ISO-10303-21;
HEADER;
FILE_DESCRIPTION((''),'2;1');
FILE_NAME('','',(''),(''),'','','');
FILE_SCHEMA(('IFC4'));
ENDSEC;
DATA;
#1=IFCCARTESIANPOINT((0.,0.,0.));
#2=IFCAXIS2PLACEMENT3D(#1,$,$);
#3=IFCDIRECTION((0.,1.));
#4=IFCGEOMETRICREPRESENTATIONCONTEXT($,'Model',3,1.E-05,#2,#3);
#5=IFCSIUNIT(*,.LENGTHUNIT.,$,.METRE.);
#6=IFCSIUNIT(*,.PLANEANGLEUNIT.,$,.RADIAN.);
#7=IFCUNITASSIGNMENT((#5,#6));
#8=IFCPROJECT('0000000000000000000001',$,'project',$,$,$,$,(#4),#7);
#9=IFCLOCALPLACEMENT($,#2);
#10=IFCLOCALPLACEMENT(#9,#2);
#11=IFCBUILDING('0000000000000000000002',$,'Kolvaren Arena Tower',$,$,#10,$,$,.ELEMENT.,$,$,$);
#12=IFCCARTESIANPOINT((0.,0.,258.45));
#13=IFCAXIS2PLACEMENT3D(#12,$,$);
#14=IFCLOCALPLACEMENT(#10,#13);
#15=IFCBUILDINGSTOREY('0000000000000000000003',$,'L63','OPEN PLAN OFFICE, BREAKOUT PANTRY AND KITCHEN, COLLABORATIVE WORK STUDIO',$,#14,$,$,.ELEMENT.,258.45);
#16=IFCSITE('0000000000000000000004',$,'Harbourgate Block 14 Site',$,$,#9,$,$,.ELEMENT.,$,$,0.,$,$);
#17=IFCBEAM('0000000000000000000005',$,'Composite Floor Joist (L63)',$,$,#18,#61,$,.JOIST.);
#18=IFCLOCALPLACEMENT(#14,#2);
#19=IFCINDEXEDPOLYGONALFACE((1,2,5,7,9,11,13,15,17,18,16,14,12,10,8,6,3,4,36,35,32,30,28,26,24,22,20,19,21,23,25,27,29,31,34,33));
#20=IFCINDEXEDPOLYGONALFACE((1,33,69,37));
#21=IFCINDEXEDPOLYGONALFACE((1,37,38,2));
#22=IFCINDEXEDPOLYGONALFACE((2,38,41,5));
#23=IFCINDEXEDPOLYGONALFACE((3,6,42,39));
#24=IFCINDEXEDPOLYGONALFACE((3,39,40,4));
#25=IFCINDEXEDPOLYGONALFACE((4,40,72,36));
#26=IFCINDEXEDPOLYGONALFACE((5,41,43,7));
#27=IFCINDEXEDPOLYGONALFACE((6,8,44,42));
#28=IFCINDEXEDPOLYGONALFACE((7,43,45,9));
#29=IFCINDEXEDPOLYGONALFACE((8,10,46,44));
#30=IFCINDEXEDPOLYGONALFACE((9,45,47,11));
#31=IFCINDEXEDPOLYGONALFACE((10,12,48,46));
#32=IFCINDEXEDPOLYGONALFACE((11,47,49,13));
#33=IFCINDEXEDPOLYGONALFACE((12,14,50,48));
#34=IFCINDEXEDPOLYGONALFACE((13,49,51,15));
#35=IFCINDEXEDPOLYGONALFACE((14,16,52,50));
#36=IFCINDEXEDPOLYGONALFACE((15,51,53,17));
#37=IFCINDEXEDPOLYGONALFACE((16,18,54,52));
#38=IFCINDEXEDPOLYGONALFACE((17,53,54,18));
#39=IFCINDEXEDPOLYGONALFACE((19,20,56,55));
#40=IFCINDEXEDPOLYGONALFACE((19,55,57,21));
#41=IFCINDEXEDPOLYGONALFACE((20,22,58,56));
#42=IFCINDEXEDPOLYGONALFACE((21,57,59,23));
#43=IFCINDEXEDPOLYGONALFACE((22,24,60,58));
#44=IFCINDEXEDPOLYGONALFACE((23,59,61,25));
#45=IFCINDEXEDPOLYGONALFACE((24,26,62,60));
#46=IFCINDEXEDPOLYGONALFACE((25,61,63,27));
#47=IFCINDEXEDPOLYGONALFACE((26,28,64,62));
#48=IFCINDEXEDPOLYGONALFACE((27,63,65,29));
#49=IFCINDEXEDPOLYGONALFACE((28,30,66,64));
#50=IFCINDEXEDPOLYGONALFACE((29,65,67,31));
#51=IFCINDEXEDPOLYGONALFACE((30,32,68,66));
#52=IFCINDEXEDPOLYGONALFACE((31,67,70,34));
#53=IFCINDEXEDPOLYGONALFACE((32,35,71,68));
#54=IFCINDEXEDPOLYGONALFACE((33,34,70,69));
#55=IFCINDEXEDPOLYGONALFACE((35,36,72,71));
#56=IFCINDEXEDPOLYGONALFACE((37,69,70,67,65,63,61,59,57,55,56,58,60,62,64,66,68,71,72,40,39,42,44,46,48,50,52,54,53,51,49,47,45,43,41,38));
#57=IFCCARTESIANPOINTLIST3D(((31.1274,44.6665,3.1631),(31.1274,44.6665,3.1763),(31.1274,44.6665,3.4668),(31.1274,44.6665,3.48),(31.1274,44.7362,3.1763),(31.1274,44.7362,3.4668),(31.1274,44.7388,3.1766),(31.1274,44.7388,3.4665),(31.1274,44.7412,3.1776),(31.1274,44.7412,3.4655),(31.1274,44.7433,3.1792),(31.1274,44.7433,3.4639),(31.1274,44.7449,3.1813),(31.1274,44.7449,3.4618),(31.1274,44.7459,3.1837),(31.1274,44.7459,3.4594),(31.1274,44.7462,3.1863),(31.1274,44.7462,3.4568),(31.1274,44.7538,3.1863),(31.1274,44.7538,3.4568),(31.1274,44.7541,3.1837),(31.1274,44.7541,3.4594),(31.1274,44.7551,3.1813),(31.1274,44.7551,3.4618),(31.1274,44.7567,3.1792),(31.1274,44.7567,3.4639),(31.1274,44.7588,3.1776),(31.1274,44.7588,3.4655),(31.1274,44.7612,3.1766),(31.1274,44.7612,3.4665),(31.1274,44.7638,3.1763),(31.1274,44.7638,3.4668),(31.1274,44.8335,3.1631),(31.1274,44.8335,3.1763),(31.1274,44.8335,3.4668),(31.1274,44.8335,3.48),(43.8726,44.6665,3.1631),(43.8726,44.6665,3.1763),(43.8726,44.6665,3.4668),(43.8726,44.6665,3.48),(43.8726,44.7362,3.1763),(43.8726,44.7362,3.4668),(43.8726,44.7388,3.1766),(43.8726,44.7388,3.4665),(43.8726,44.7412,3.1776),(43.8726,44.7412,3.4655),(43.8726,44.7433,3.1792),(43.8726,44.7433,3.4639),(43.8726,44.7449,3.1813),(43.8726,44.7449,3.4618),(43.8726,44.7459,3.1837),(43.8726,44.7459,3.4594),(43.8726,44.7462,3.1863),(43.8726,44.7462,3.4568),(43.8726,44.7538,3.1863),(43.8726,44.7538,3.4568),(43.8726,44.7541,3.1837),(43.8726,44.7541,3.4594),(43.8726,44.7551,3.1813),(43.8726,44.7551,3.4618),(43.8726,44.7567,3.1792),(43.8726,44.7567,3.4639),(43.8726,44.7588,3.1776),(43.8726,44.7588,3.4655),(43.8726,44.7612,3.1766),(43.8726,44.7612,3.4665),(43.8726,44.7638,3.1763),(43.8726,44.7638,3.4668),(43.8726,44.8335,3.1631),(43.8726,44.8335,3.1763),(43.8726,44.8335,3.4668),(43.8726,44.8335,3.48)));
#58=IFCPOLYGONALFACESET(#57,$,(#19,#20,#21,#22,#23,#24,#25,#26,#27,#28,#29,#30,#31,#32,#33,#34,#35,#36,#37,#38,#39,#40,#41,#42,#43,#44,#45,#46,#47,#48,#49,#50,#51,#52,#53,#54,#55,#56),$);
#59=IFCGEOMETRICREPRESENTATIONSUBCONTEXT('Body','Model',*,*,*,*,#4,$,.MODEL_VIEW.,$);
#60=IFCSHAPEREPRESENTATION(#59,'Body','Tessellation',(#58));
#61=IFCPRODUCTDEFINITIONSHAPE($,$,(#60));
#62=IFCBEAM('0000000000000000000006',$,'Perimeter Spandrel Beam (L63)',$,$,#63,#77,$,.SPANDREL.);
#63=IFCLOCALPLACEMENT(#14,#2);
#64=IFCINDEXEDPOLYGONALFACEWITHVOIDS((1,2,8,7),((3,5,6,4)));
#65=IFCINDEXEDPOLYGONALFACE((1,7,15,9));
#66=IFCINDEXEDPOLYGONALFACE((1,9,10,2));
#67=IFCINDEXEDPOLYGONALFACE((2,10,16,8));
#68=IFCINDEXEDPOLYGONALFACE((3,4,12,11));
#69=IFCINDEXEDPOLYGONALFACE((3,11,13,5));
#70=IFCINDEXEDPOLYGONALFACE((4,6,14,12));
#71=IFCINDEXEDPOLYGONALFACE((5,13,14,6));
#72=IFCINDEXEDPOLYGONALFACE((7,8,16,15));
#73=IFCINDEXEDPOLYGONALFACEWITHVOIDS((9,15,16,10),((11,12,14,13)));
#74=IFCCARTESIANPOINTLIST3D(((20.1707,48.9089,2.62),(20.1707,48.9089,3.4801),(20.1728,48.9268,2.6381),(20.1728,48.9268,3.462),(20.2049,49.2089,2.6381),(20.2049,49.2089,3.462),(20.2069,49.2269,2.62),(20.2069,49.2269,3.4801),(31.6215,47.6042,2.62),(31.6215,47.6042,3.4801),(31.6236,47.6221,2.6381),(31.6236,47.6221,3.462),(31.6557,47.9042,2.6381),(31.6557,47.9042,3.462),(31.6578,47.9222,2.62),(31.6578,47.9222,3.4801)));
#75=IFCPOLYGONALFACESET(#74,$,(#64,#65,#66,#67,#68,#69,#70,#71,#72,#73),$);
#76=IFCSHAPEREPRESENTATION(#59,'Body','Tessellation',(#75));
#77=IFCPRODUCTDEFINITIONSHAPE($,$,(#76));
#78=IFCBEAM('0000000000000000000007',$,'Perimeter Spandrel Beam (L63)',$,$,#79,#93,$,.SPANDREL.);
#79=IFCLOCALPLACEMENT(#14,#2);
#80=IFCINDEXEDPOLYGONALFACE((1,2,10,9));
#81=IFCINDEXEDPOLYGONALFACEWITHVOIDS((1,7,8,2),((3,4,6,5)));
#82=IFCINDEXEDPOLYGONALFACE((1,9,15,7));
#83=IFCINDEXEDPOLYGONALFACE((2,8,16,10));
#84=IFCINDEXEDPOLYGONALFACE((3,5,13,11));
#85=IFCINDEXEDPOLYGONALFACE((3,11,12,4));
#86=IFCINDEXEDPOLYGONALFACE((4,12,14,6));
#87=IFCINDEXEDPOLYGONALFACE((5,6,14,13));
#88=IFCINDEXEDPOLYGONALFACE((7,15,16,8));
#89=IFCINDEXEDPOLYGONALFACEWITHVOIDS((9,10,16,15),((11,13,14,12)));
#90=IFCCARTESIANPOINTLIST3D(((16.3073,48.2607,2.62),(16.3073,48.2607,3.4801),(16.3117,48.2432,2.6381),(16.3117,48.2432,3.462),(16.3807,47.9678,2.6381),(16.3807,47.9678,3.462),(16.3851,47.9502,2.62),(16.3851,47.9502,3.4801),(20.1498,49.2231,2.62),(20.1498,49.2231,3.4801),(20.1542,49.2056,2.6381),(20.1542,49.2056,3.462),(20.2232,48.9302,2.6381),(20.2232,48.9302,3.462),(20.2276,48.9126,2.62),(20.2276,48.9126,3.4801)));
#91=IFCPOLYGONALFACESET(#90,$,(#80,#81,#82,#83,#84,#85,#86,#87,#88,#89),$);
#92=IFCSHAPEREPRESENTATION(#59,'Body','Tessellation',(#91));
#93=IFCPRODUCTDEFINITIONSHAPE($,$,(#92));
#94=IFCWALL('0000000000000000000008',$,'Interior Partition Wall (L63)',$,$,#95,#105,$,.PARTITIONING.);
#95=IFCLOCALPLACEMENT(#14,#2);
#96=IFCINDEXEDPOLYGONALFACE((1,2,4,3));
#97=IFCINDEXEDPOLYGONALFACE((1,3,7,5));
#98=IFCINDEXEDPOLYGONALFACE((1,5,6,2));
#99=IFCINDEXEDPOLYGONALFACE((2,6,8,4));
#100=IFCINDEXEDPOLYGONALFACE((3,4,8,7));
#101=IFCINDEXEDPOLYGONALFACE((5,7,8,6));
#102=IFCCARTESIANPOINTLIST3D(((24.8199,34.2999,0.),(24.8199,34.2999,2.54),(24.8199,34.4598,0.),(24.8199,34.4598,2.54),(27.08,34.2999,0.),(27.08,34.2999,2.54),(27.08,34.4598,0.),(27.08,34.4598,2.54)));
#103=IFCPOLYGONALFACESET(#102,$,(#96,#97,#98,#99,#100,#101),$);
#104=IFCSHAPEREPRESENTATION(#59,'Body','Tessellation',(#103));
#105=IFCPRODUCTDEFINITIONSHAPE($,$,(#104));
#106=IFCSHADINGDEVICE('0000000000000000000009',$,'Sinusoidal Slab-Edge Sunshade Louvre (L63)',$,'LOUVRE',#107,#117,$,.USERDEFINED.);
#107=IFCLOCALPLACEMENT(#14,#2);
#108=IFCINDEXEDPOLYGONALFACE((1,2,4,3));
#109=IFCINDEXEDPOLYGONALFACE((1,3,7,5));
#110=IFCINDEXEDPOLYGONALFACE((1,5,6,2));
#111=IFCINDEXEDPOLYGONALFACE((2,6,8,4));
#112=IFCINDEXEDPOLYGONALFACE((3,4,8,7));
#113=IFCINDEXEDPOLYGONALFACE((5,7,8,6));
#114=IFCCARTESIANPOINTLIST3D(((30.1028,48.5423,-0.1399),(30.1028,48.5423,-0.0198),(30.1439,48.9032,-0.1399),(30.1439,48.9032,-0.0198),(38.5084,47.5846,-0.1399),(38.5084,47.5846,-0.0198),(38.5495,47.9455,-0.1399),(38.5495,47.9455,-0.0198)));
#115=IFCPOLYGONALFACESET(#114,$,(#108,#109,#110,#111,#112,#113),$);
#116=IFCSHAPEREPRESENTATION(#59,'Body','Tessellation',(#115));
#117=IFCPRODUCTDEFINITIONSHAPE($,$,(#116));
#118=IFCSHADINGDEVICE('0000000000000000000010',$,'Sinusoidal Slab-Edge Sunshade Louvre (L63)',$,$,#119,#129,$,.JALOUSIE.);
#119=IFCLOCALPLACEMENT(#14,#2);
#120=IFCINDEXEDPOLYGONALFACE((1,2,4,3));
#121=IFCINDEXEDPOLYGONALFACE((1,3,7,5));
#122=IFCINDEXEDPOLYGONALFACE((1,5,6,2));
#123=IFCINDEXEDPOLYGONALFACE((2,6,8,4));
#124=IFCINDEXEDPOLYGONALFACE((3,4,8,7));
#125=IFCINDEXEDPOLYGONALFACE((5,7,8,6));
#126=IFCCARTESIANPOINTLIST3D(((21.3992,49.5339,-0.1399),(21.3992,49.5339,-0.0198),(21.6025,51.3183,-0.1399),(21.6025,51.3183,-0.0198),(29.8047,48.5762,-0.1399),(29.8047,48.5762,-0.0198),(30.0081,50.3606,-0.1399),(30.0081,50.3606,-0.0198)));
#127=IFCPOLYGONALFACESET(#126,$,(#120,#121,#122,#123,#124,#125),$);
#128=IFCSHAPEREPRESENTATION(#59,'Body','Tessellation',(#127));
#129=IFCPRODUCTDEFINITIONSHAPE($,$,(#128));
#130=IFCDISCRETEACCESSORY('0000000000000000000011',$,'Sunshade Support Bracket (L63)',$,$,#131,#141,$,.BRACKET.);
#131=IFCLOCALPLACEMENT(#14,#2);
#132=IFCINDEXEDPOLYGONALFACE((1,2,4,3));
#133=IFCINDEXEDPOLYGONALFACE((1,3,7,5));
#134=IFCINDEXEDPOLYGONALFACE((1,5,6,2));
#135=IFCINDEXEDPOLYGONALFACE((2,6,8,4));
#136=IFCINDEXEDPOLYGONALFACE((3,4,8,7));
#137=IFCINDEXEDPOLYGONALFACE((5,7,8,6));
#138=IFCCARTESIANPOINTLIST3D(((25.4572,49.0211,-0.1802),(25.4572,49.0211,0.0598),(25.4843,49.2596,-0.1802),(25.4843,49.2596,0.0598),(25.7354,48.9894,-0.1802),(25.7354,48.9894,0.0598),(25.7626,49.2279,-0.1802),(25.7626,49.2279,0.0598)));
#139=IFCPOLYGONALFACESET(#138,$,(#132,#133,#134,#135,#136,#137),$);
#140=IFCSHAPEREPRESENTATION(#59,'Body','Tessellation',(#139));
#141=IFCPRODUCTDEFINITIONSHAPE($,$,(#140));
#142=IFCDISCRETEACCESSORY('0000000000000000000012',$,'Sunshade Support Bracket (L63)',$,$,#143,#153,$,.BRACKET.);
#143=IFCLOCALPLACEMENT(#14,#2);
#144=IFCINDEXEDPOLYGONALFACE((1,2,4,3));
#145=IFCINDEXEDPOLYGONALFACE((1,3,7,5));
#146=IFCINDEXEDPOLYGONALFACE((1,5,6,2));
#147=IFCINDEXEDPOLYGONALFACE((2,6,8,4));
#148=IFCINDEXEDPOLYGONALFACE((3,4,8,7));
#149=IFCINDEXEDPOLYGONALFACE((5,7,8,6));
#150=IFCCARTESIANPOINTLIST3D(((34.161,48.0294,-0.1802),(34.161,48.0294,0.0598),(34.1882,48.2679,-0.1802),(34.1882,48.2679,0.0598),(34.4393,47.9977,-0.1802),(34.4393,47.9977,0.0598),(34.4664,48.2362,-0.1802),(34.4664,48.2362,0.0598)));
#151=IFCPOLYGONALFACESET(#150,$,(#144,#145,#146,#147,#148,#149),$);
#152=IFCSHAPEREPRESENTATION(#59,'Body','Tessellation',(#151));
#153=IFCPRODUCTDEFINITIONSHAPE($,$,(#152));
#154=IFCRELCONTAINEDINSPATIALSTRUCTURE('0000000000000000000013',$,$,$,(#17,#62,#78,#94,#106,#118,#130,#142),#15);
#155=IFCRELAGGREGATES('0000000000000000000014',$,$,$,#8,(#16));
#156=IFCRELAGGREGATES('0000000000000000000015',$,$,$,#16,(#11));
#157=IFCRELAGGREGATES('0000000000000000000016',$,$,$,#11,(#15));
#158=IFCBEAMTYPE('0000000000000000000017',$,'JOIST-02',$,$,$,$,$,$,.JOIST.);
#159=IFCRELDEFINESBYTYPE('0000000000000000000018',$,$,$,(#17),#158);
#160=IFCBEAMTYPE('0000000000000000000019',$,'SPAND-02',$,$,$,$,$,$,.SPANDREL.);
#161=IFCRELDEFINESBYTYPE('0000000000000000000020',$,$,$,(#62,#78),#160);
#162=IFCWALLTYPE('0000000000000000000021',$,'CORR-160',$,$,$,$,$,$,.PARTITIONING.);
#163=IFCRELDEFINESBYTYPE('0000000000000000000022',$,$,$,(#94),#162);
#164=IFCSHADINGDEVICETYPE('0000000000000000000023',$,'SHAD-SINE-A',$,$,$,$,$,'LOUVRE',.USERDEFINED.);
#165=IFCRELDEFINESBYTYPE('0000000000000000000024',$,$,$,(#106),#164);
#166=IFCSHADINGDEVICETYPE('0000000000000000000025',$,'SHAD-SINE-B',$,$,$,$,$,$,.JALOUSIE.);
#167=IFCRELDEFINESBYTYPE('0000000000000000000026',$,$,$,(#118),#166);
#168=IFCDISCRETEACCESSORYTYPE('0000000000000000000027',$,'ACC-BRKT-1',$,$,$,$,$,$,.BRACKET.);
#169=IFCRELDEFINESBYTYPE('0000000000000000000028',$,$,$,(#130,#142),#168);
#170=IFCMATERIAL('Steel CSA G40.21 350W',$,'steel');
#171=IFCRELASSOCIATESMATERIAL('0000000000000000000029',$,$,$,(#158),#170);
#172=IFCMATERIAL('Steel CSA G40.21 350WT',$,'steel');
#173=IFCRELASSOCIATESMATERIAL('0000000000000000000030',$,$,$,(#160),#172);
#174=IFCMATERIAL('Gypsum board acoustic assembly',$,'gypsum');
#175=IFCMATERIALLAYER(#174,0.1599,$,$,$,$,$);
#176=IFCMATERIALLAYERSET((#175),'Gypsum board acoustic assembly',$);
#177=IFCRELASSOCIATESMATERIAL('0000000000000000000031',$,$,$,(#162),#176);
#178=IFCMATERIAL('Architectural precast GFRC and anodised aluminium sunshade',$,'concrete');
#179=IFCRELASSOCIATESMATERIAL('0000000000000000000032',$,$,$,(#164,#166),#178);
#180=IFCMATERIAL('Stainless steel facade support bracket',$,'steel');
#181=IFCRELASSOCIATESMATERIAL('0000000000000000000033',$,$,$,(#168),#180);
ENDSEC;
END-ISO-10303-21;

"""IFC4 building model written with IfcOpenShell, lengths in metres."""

from ifc_helpers import new_model, si_unit, direction, frame, frame_2d, origin, origin_2d, place, context, subcontext, project, spatial, rectangle, hollow_rectangle, i_section, extrude, material, layer, layer_set, material_profile, profile_set, type_object, element, save


model = new_model("IFC4")

# Units and contexts
model_context = context("Model", 3, precision=1e-05, world=origin(), true_north=direction((0.0, 1.0)))
body_context = subcontext(model_context, "Body", "Model", "MODEL_VIEW")
ifc_project = project(units=[si_unit("LENGTHUNIT", "METRE"), si_unit("PLANEANGLEUNIT", "RADIAN")], contexts=[model_context])

# Site, building, storey
site_placement = place(None, origin())
site = spatial("IfcSite", under=ifc_project, at=site_placement, Name="Harbourgate Block 14 Site", CompositionType="ELEMENT", RefElevation=0.0)
building_placement = place(site_placement, origin())
building = spatial("IfcBuilding", under=site, at=building_placement, Name="Kolvaren Arena Tower", CompositionType="ELEMENT")
storey_placement = place(building_placement, frame((0.0, 0.0, 258.45)))
storey = spatial("IfcBuildingStorey", under=building, at=storey_placement, Name="L63", Description="OPEN PLAN OFFICE, BREAKOUT PANTRY AND KITCHEN, COLLABORATIVE WORK STUDIO", CompositionType="ELEMENT", Elevation=258.45)

# Beams
ifc_material_1 = material(Name="Steel CSA G40.21 350W", Category="steel")
ifc_material_profile_1 = material_profile(ifc_material_1, i_section(OverallWidth=0.167, OverallDepth=0.3169, WebThickness=0.0076, FlangeThickness=0.0132, FilletRadius=0.01, at=origin_2d()), Name="W310x52")
ifc_profile_set_1 = profile_set([ifc_material_profile_1], Name="Steel CSA G40.21 350W")
beam_type_1 = type_object("IfcBeamType", Name="JOIST-02", PredefinedType="JOIST", material=ifc_profile_set_1)
beam_1_placement = place(storey_placement, frame((31.1274, 44.75, 3.3215), z_axis=(1.0, 0.0, 0.0), x_axis=(0.0, 1.0, 0.0)))
element("IfcBeam", 1, at=beam_1_placement, inside=storey, type_object=beam_type_1, Name="Composite Floor Joist (L63)", PredefinedType="JOIST", context=body_context, shape_type="SweptSolid", body=[
    extrude(i_section(OverallWidth=0.167, OverallDepth=0.3169, WebThickness=0.0076, FlangeThickness=0.0132, FilletRadius=0.01, at=origin_2d()), origin(), (0.0, 0.0, 1.0), 12.7451),
])
ifc_material_2 = material(Name="Steel CSA G40.21 350WT", Category="steel")
ifc_material_profile_2 = material_profile(ifc_material_2, hollow_rectangle(XDim=0.3201, YDim=0.8601, WallThickness=0.0181, at=origin_2d()), Name="HSS 860x320x18")
ifc_profile_set_2 = profile_set([ifc_material_profile_2], Name="Steel CSA G40.21 350WT")
beam_type_2 = type_object("IfcBeamType", Name="SPAND-02", PredefinedType="SPANDREL", material=ifc_profile_set_2)
beam_2_placement = place(storey_placement, frame((31.6396, 47.7632, 3.05), z_axis=(-0.993572, 0.113205, 0.0), x_axis=(-0.113205, -0.993572, 0.0)))
element("IfcBeam", 2, at=beam_2_placement, inside=storey, type_object=beam_type_2, Name="Perimeter Spandrel Beam (L63)", PredefinedType="SPANDREL", context=body_context, shape_type="SweptSolid", body=[
    extrude(hollow_rectangle(XDim=0.3201, YDim=0.8601, WallThickness=0.0181, at=origin_2d()), origin(), (0.0, 0.0, 1.0), 11.5249),
])
beam_3_placement = place(storey_placement, frame((20.1887, 49.0679, 3.05), z_axis=(-0.970037, -0.242956, 0.0), x_axis=(0.242956, -0.970037, 0.0)))
element("IfcBeam", 3, at=beam_3_placement, inside=storey, type_object=beam_type_2, Name="Perimeter Spandrel Beam (L63)", PredefinedType="SPANDREL", context=body_context, shape_type="SweptSolid", body=[
    extrude(hollow_rectangle(XDim=0.3201, YDim=0.8601, WallThickness=0.0181, at=origin_2d()), origin(), (0.0, 0.0, 1.0), 3.9612),
])

# Wall
ifc_material_3 = material(Name="Gypsum board acoustic assembly", Category="gypsum")
ifc_layer = layer(ifc_material_3, 0.1599)
ifc_layer_set = layer_set([ifc_layer], Name="Gypsum board acoustic assembly")
wall_type = type_object("IfcWallType", Name="CORR-160", PredefinedType="PARTITIONING", material=ifc_layer_set)
wall_placement = place(storey_placement, frame((24.8201, 34.3799, 0.0), z_axis=(0.0, 0.0, 1.0), x_axis=(1.0, 0.0, 0.0)))
element("IfcWall", 4, at=wall_placement, inside=storey, type_object=wall_type, Name="Interior Partition Wall (L63)", PredefinedType="PARTITIONING", context=body_context, shape_type="SweptSolid", body=[
    extrude(rectangle(XDim=2.26, YDim=0.1599, at=frame_2d((1.1299, 0.0))), origin(), (0.0, 0.0, 1.0), 2.54),
])

# Shading devices
ifc_material_4 = material(Name="Architectural precast GFRC and anodised aluminium sunshade", Category="concrete")
shading_device_type_1 = type_object("IfcShadingDeviceType", Name="SHAD-SINE-A", ElementType="LOUVRE", PredefinedType="USERDEFINED", material=ifc_material_4)
shading_device_1_placement = place(storey_placement, frame((34.3262, 48.2439, -0.1399), z_axis=(0.0, 0.0, 1.0), x_axis=(0.993572, -0.113205, 0.0)))
element("IfcShadingDevice", 5, at=shading_device_1_placement, inside=storey, type_object=shading_device_type_1, Name="Sinusoidal Slab-Edge Sunshade Louvre (L63)", ObjectType="LOUVRE", PredefinedType="USERDEFINED", context=body_context, shape_type="SweptSolid", body=[
    extrude(rectangle(XDim=8.46, YDim=0.3633, at=origin_2d()), origin(), (0.0, 0.0, 1.0), 0.1201),
])
shading_device_type_2 = type_object("IfcShadingDeviceType", Name="SHAD-SINE-B", PredefinedType="JALOUSIE", material=ifc_material_4)
shading_device_2_placement = place(storey_placement, frame((25.7036, 49.9473, -0.1399), z_axis=(0.0, 0.0, 1.0), x_axis=(0.993572, -0.113205, 0.0)))
element("IfcShadingDevice", 6, at=shading_device_2_placement, inside=storey, type_object=shading_device_type_2, Name="Sinusoidal Slab-Edge Sunshade Louvre (L63)", PredefinedType="JALOUSIE", context=body_context, shape_type="SweptSolid", body=[
    extrude(rectangle(XDim=8.46, YDim=1.7959, at=origin_2d()), origin(), (0.0, 0.0, 1.0), 0.1201),
])

# Discrete accessories
ifc_material_5 = material(Name="Stainless steel facade support bracket", Category="steel")
discrete_accessory_type = type_object("IfcDiscreteAccessoryType", Name="ACC-BRKT-1", PredefinedType="BRACKET", material=ifc_material_5)
for number, where, z_axis, x_axis, name in (
    (7, (25.6099, 49.1245, -0.1802), (0.0, 0.0, 1.0), (0.993572, -0.113205, 0.0), "Sunshade Support Bracket (L63)"),
    (8, (34.3137, 48.1328, -0.1802), (0.0, 0.0, 1.0), (0.993572, -0.113205, 0.0), "Sunshade Support Bracket (L63)"),
):
    element("IfcDiscreteAccessory", number, at=place(storey_placement, frame(where, z_axis=z_axis, x_axis=x_axis)), inside=storey, type_object=discrete_accessory_type, Name=name, PredefinedType="BRACKET", context=body_context, shape_type="SweptSolid", body=[
        extrude(rectangle(XDim=0.28, YDim=0.24, at=origin_2d()), origin(), (0.0, 0.0, 1.0), 0.24),
    ])

save(model, "model.ifc")
